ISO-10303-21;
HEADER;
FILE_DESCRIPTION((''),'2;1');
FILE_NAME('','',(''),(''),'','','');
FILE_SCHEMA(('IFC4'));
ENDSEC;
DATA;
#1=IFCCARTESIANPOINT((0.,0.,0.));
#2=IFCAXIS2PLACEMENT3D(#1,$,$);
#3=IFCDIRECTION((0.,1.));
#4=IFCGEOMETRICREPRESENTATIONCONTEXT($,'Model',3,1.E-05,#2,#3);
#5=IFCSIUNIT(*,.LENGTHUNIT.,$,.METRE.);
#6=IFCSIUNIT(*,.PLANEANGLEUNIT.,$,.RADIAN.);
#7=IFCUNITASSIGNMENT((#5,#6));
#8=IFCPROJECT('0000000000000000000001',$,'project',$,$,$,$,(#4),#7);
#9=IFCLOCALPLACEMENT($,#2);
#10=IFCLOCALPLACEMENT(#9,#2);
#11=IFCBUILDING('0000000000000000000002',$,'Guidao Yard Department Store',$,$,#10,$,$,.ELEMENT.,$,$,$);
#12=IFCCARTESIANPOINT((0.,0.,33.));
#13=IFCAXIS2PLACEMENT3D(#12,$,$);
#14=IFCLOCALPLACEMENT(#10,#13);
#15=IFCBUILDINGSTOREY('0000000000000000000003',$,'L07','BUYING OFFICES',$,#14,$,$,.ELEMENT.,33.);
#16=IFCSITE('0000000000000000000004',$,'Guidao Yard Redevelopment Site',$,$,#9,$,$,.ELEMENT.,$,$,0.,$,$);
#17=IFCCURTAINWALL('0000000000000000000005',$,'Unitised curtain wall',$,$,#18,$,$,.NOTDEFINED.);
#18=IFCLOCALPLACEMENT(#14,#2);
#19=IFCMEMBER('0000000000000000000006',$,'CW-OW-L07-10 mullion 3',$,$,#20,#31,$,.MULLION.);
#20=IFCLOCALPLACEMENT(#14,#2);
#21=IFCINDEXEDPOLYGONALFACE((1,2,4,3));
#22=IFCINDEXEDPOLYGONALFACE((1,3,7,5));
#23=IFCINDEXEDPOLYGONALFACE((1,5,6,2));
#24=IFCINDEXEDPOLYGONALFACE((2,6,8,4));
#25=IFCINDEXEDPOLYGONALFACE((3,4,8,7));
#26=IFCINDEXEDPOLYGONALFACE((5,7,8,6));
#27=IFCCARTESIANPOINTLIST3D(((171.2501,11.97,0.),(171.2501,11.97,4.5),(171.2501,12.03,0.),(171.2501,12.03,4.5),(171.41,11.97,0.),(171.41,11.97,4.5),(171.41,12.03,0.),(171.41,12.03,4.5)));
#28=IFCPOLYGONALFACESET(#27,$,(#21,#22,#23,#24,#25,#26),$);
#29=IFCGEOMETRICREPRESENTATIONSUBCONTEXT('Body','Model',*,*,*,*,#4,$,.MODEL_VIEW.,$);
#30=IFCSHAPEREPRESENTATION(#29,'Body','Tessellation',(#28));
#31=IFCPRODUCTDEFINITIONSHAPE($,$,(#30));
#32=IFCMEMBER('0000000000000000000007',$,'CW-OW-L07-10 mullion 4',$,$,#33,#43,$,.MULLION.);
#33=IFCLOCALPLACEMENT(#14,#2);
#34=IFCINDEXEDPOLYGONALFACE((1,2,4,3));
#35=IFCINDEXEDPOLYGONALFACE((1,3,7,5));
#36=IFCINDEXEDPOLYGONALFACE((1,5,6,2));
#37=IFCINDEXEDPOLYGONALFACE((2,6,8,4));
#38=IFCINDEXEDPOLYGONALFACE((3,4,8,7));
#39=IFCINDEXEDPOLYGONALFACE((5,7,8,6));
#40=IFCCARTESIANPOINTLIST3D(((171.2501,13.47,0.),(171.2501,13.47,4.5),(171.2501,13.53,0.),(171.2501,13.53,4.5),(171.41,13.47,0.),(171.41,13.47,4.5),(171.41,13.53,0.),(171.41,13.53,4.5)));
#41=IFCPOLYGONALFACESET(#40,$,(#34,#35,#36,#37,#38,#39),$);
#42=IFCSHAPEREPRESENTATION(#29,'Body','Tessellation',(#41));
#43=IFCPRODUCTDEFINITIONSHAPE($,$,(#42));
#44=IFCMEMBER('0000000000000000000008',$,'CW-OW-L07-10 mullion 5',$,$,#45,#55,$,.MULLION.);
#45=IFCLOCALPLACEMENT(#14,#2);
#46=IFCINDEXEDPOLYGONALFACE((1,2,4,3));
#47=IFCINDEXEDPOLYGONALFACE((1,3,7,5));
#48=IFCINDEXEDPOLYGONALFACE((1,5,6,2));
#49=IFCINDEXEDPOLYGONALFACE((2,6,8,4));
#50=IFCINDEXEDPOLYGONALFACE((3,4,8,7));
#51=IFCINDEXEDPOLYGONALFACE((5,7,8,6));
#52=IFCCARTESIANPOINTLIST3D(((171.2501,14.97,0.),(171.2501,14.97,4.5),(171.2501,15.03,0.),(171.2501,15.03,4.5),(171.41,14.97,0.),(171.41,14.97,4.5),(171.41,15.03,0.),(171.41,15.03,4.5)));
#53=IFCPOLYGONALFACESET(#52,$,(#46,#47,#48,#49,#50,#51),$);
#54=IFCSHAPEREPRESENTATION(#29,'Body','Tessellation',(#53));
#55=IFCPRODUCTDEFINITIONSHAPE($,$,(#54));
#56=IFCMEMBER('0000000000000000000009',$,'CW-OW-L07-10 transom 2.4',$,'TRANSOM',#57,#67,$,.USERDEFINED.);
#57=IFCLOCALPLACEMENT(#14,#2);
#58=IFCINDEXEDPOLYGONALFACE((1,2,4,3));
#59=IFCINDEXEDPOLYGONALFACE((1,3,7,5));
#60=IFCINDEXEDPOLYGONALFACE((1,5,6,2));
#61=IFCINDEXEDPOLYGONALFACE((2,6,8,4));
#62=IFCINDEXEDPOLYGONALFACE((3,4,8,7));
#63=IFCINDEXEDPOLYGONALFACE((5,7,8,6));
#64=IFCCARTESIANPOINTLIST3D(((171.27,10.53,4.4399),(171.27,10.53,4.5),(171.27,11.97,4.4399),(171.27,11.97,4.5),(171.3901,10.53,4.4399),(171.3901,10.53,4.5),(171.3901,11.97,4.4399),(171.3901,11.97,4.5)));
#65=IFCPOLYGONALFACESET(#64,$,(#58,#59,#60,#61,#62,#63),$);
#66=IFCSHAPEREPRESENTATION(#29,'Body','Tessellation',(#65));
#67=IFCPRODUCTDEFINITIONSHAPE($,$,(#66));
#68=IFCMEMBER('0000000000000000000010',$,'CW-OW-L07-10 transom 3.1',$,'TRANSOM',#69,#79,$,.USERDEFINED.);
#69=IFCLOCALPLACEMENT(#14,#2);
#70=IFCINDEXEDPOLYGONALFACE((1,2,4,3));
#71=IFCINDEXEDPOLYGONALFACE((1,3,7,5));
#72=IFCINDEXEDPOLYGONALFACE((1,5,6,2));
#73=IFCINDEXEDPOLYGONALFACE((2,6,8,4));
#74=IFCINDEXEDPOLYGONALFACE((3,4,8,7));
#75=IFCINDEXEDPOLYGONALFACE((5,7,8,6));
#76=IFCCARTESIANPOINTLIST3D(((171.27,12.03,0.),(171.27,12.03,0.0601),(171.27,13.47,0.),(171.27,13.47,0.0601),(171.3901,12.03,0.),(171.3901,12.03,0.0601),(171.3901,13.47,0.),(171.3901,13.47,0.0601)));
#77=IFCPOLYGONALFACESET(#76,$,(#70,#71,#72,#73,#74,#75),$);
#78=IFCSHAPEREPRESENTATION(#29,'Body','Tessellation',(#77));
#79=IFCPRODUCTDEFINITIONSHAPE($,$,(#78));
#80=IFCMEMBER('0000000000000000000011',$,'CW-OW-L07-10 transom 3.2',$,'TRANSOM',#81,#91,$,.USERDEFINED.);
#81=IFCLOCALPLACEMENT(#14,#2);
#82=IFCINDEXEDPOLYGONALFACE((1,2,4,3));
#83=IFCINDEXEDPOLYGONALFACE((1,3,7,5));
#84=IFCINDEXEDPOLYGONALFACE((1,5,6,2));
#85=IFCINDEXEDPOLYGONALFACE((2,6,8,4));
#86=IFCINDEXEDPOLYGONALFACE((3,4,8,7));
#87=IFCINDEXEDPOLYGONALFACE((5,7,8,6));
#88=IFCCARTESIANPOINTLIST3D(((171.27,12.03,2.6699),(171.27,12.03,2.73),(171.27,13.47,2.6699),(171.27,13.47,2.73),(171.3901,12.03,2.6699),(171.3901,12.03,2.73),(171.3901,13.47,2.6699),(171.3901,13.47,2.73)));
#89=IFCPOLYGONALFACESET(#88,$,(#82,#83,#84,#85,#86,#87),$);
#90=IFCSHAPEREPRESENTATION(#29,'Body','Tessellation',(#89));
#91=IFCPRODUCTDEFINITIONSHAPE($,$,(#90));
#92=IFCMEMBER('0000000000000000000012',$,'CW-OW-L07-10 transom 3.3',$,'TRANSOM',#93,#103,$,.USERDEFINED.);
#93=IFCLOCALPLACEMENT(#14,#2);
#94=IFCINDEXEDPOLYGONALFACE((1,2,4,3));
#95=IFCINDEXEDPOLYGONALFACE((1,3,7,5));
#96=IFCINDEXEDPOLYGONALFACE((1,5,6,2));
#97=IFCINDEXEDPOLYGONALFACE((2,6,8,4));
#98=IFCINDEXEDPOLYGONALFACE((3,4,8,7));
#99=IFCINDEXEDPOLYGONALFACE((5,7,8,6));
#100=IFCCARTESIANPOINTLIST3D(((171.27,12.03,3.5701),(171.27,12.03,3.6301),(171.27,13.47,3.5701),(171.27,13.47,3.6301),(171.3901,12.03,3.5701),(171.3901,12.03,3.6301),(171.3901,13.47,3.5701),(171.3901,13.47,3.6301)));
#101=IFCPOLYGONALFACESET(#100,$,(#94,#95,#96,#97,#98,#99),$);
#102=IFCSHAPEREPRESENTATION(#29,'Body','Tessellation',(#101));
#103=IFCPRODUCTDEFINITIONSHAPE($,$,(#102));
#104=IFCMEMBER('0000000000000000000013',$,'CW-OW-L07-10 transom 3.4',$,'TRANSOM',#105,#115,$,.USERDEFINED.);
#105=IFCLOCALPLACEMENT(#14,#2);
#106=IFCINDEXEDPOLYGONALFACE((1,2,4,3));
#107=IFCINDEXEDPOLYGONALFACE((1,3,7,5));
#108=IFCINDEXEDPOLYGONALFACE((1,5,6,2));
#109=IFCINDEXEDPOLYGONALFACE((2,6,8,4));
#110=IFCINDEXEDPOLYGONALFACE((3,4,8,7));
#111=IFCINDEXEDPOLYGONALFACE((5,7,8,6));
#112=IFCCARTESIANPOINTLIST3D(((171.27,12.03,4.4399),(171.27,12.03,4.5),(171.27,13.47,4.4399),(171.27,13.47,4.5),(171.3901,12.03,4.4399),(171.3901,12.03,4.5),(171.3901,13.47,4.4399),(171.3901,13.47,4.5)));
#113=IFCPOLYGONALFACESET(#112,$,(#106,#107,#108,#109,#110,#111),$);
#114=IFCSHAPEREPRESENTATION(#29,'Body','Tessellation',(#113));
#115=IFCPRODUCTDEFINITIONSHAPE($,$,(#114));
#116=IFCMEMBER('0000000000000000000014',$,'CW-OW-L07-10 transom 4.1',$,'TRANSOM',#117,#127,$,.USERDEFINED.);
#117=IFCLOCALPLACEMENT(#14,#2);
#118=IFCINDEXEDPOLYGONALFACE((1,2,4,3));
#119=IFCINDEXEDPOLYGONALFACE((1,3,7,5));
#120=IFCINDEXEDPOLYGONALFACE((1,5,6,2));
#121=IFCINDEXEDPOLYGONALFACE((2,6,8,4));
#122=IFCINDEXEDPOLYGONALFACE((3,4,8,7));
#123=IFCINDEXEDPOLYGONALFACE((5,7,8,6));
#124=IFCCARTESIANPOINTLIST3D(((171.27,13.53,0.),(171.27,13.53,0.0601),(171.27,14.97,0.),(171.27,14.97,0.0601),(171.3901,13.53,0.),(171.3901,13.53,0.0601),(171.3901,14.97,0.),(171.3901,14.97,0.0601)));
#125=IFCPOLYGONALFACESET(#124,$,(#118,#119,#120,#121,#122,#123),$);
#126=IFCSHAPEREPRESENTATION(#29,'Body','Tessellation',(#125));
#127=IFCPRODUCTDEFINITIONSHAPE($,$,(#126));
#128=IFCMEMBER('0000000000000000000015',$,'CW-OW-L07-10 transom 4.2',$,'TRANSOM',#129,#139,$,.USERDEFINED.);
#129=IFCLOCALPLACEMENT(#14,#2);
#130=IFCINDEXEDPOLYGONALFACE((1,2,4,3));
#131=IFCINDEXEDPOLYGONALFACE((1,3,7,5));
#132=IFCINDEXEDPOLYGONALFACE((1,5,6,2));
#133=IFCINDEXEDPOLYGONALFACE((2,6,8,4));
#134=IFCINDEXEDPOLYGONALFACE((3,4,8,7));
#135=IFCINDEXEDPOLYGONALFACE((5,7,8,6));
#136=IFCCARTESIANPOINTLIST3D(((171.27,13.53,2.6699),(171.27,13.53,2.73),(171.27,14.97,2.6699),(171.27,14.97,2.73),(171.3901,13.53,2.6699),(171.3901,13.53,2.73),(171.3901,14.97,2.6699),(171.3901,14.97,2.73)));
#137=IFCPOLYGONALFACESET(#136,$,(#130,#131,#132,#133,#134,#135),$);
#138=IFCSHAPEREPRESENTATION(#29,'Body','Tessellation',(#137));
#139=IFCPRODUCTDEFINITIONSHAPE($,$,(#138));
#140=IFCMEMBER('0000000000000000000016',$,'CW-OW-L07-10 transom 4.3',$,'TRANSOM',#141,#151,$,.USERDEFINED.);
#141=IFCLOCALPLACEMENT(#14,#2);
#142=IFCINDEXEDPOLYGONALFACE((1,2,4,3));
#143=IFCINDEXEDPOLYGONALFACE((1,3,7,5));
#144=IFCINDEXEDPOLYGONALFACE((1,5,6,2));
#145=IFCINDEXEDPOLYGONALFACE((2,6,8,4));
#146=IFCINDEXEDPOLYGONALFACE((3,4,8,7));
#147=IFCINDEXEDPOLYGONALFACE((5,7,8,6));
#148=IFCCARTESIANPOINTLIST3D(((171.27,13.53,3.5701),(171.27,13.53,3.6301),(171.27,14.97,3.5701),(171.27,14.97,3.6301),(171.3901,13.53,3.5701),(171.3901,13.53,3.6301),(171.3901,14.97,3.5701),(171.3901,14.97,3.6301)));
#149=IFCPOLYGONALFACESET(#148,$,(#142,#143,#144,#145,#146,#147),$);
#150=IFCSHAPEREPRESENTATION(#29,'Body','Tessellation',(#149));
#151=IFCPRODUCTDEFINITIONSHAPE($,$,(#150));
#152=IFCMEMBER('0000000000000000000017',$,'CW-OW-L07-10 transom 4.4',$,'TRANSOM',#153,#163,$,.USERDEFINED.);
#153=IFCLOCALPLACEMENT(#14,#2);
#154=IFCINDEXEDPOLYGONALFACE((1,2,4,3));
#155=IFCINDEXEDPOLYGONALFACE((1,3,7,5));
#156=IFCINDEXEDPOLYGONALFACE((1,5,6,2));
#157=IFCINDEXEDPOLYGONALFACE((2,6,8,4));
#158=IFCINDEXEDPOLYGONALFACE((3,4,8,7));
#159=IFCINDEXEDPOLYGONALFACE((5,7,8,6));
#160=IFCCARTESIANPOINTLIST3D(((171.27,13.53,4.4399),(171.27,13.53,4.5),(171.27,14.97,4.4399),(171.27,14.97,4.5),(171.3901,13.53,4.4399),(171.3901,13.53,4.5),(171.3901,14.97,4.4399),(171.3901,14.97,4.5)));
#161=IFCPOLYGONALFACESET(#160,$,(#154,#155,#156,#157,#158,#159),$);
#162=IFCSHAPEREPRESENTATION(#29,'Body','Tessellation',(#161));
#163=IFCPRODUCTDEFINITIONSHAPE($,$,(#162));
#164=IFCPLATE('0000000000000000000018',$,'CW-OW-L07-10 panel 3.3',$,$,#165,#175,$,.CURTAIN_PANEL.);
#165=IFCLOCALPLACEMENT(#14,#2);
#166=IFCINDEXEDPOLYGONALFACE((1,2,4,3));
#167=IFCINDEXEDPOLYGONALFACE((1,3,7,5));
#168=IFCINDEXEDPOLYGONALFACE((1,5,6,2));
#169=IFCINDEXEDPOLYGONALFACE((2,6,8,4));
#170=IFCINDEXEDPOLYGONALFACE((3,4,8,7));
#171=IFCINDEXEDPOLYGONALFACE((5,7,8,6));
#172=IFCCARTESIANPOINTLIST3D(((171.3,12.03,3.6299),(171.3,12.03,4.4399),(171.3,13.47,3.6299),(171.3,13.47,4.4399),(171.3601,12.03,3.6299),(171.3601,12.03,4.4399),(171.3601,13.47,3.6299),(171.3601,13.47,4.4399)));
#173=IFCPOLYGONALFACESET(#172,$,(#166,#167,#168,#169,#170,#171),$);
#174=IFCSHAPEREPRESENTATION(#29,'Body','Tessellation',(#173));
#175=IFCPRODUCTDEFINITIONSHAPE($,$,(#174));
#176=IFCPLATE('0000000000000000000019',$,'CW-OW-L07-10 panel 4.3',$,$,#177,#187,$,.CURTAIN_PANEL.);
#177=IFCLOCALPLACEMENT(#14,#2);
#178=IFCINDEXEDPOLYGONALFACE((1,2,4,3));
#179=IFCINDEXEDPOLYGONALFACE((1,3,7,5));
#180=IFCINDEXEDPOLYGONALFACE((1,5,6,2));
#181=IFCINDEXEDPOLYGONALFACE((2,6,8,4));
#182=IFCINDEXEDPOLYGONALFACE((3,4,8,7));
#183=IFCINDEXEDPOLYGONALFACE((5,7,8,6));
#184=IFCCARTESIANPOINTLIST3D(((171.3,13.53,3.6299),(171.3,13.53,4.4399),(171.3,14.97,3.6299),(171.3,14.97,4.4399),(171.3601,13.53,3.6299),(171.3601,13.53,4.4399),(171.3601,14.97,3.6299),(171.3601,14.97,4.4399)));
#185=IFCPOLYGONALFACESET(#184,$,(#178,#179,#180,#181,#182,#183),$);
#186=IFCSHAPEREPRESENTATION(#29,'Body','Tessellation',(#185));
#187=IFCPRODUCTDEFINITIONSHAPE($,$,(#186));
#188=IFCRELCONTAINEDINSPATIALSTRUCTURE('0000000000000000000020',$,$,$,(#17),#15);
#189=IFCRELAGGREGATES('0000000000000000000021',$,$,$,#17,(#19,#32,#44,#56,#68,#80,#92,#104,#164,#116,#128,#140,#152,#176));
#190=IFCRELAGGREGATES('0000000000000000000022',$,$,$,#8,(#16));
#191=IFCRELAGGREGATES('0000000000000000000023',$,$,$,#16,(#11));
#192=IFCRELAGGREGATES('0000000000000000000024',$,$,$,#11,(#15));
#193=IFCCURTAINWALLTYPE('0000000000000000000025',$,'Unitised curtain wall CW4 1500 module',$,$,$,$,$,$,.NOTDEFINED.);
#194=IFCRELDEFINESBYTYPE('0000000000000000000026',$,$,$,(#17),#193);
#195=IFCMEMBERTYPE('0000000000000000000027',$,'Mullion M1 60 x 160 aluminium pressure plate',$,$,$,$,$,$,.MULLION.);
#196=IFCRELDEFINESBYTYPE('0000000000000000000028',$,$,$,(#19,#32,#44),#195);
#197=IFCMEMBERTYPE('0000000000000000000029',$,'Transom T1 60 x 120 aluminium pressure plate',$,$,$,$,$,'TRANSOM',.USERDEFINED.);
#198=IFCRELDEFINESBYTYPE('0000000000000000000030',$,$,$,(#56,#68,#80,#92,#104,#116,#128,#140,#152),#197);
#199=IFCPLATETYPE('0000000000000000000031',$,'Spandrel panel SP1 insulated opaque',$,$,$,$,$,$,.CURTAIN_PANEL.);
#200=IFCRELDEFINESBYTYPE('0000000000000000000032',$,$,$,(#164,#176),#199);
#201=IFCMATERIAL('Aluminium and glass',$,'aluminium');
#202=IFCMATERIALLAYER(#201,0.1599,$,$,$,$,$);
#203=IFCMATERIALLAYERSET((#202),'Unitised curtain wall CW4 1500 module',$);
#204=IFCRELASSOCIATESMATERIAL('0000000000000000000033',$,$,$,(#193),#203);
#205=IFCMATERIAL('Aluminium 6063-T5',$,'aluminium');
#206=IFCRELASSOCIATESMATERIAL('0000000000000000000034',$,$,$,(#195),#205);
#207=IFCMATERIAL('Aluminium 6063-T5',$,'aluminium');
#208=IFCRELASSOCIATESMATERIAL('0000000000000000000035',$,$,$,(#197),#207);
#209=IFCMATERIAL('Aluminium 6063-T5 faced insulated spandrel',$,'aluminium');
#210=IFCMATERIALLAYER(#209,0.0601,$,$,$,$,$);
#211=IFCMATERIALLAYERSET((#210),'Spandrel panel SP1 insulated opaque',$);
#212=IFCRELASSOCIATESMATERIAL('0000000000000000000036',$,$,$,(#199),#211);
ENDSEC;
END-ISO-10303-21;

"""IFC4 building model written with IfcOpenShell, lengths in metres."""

from ifc_helpers import new_model, si_unit, direction, frame, origin, origin_2d, place, context, subcontext, project, spatial, rectangle, extrude, material, layer, layer_set, material_profile, profile_set, type_object, element, aggregate, save


model = new_model("IFC4")

# Units and contexts
model_context = context("Model", 3, precision=1e-05, world=origin(), true_north=direction((0.0, 1.0)))
body_context = subcontext(model_context, "Body", "Model", "MODEL_VIEW")
ifc_project = project(units=[si_unit("LENGTHUNIT", "METRE"), si_unit("PLANEANGLEUNIT", "RADIAN")], contexts=[model_context])

# Site, building, storey
site_placement = place(None, origin())
site = spatial("IfcSite", under=ifc_project, at=site_placement, Name="Guidao Yard Redevelopment Site", CompositionType="ELEMENT", RefElevation=0.0)
building_placement = place(site_placement, origin())
building = spatial("IfcBuilding", under=site, at=building_placement, Name="Guidao Yard Department Store", CompositionType="ELEMENT")
storey_placement = place(building_placement, frame((0.0, 0.0, 33.0)))
storey = spatial("IfcBuildingStorey", under=building, at=storey_placement, Name="L07", Description="BUYING OFFICES", CompositionType="ELEMENT", Elevation=33.0)

# Curtain wall, members, plates
ifc_material_1 = material(Name="Aluminium and glass", Category="aluminium")
ifc_layer_1 = layer(ifc_material_1, 0.1599)
ifc_layer_set_1 = layer_set([ifc_layer_1], Name="Unitised curtain wall CW4 1500 module")
curtain_wall_type = type_object("IfcCurtainWallType", Name="Unitised curtain wall CW4 1500 module", PredefinedType="NOTDEFINED", material=ifc_layer_set_1)
curtain_wall_placement = place(storey_placement, origin())
curtain_wall = element("IfcCurtainWall", 1, at=curtain_wall_placement, inside=storey, type_object=curtain_wall_type, Name="Unitised curtain wall", PredefinedType="NOTDEFINED")
ifc_material_2 = material(Name="Aluminium 6063-T5", Category="aluminium")
ifc_material_profile_1 = material_profile(ifc_material_2, rectangle(XDim=0.0601, YDim=0.1599, at=origin_2d()), Name="Mullion M1 60 x 160 aluminium pressure plate")
ifc_profile_set_1 = profile_set([ifc_material_profile_1], Name="Aluminium 6063-T5")
member_type_1 = type_object("IfcMemberType", Name="Mullion M1 60 x 160 aluminium pressure plate", PredefinedType="MULLION", material=ifc_profile_set_1)
member_1_placement = place(storey_placement, frame((171.3301, 12.0, 0.0), z_axis=(0.0, 0.0, 1.0), x_axis=(0.0, -1.0, 0.0)))
member_1 = element("IfcMember", 2, at=member_1_placement, type_object=member_type_1, Name="CW-OW-L07-10 mullion 3", PredefinedType="MULLION", context=body_context, shape_type="SweptSolid", body=[
    extrude(rectangle(XDim=0.0601, YDim=0.1599, at=origin_2d()), origin(), (0.0, 0.0, 1.0), 4.5),
])
member_2_placement = place(storey_placement, frame((171.3301, 13.5, 0.0), z_axis=(0.0, 0.0, 1.0), x_axis=(0.0, -1.0, 0.0)))
member_2 = element("IfcMember", 3, at=member_2_placement, type_object=member_type_1, Name="CW-OW-L07-10 mullion 4", PredefinedType="MULLION", context=body_context, shape_type="SweptSolid", body=[
    extrude(rectangle(XDim=0.0601, YDim=0.1599, at=origin_2d()), origin(), (0.0, 0.0, 1.0), 4.5),
])
member_3_placement = place(storey_placement, frame((171.3301, 15.0, 0.0), z_axis=(0.0, 0.0, 1.0), x_axis=(0.0, -1.0, 0.0)))
member_3 = element("IfcMember", 4, at=member_3_placement, type_object=member_type_1, Name="CW-OW-L07-10 mullion 5", PredefinedType="MULLION", context=body_context, shape_type="SweptSolid", body=[
    extrude(rectangle(XDim=0.0601, YDim=0.1599, at=origin_2d()), origin(), (0.0, 0.0, 1.0), 4.5),
])
ifc_material_3 = material(Name="Aluminium 6063-T5", Category="aluminium")
ifc_material_profile_2 = material_profile(ifc_material_3, rectangle(XDim=0.1201, YDim=0.0601, at=origin_2d()), Name="Transom T1 60 x 120 aluminium pressure plate")
ifc_profile_set_2 = profile_set([ifc_material_profile_2], Name="Aluminium 6063-T5")
member_type_2 = type_object("IfcMemberType", Name="Transom T1 60 x 120 aluminium pressure plate", ElementType="TRANSOM", PredefinedType="USERDEFINED", material=ifc_profile_set_2)
member_4_placement = place(storey_placement, frame((171.3301, 11.97, 4.47), z_axis=(0.0, -1.0, 0.0), x_axis=(1.0, 0.0, 0.0)))
member_4 = element("IfcMember", 5, at=member_4_placement, type_object=member_type_2, Name="CW-OW-L07-10 transom 2.4", ObjectType="TRANSOM", PredefinedType="USERDEFINED", context=body_context, shape_type="SweptSolid", body=[
    extrude(rectangle(XDim=0.1201, YDim=0.0601, at=origin_2d()), origin(), (0.0, 0.0, 1.0), 1.4399),
])
member_5_placement = place(storey_placement, frame((171.3301, 13.47, 0.03), z_axis=(0.0, -1.0, 0.0), x_axis=(1.0, 0.0, 0.0)))
member_5 = element("IfcMember", 6, at=member_5_placement, type_object=member_type_2, Name="CW-OW-L07-10 transom 3.1", ObjectType="TRANSOM", PredefinedType="USERDEFINED", context=body_context, shape_type="SweptSolid", body=[
    extrude(rectangle(XDim=0.1201, YDim=0.0601, at=origin_2d()), origin(), (0.0, 0.0, 1.0), 1.4399),
])
member_6_placement = place(storey_placement, frame((171.3301, 13.47, 2.7), z_axis=(0.0, -1.0, 0.0), x_axis=(1.0, 0.0, 0.0)))
member_6 = element("IfcMember", 7, at=member_6_placement, type_object=member_type_2, Name="CW-OW-L07-10 transom 3.2", ObjectType="TRANSOM", PredefinedType="USERDEFINED", context=body_context, shape_type="SweptSolid", body=[
    extrude(rectangle(XDim=0.1201, YDim=0.0601, at=origin_2d()), origin(), (0.0, 0.0, 1.0), 1.4399),
])
member_7_placement = place(storey_placement, frame((171.3301, 13.47, 3.6001), z_axis=(0.0, -1.0, 0.0), x_axis=(1.0, 0.0, 0.0)))
member_7 = element("IfcMember", 8, at=member_7_placement, type_object=member_type_2, Name="CW-OW-L07-10 transom 3.3", ObjectType="TRANSOM", PredefinedType="USERDEFINED", context=body_context, shape_type="SweptSolid", body=[
    extrude(rectangle(XDim=0.1201, YDim=0.0601, at=origin_2d()), origin(), (0.0, 0.0, 1.0), 1.4399),
])
member_8_placement = place(storey_placement, frame((171.3301, 13.47, 4.47), z_axis=(0.0, -1.0, 0.0), x_axis=(1.0, 0.0, 0.0)))
member_8 = element("IfcMember", 9, at=member_8_placement, type_object=member_type_2, Name="CW-OW-L07-10 transom 3.4", ObjectType="TRANSOM", PredefinedType="USERDEFINED", context=body_context, shape_type="SweptSolid", body=[
    extrude(rectangle(XDim=0.1201, YDim=0.0601, at=origin_2d()), origin(), (0.0, 0.0, 1.0), 1.4399),
])
member_9_placement = place(storey_placement, frame((171.3301, 14.97, 0.03), z_axis=(0.0, -1.0, 0.0), x_axis=(1.0, 0.0, 0.0)))
member_9 = element("IfcMember", 10, at=member_9_placement, type_object=member_type_2, Name="CW-OW-L07-10 transom 4.1", ObjectType="TRANSOM", PredefinedType="USERDEFINED", context=body_context, shape_type="SweptSolid", body=[
    extrude(rectangle(XDim=0.1201, YDim=0.0601, at=origin_2d()), origin(), (0.0, 0.0, 1.0), 1.4399),
])
member_10_placement = place(storey_placement, frame((171.3301, 14.97, 2.7), z_axis=(0.0, -1.0, 0.0), x_axis=(1.0, 0.0, 0.0)))
member_10 = element("IfcMember", 11, at=member_10_placement, type_object=member_type_2, Name="CW-OW-L07-10 transom 4.2", ObjectType="TRANSOM", PredefinedType="USERDEFINED", context=body_context, shape_type="SweptSolid", body=[
    extrude(rectangle(XDim=0.1201, YDim=0.0601, at=origin_2d()), origin(), (0.0, 0.0, 1.0), 1.4399),
])
member_11_placement = place(storey_placement, frame((171.3301, 14.97, 3.6001), z_axis=(0.0, -1.0, 0.0), x_axis=(1.0, 0.0, 0.0)))
member_11 = element("IfcMember", 12, at=member_11_placement, type_object=member_type_2, Name="CW-OW-L07-10 transom 4.3", ObjectType="TRANSOM", PredefinedType="USERDEFINED", context=body_context, shape_type="SweptSolid", body=[
    extrude(rectangle(XDim=0.1201, YDim=0.0601, at=origin_2d()), origin(), (0.0, 0.0, 1.0), 1.4399),
])
member_12_placement = place(storey_placement, frame((171.3301, 14.97, 4.47), z_axis=(0.0, -1.0, 0.0), x_axis=(1.0, 0.0, 0.0)))
member_12 = element("IfcMember", 13, at=member_12_placement, type_object=member_type_2, Name="CW-OW-L07-10 transom 4.4", ObjectType="TRANSOM", PredefinedType="USERDEFINED", context=body_context, shape_type="SweptSolid", body=[
    extrude(rectangle(XDim=0.1201, YDim=0.0601, at=origin_2d()), origin(), (0.0, 0.0, 1.0), 1.4399),
])
ifc_material_4 = material(Name="Aluminium 6063-T5 faced insulated spandrel", Category="aluminium")
ifc_layer_2 = layer(ifc_material_4, 0.0601)
ifc_layer_set_2 = layer_set([ifc_layer_2], Name="Spandrel panel SP1 insulated opaque")
plate_type_1 = type_object("IfcPlateType", Name="Spandrel panel SP1 insulated opaque", PredefinedType="CURTAIN_PANEL", material=ifc_layer_set_2)
plate_1_placement = place(storey_placement, frame((171.3301, 12.75, 3.6299), z_axis=(0.0, 0.0, 1.0), x_axis=(0.0, -1.0, 0.0)))
plate_1 = element("IfcPlate", 14, at=plate_1_placement, type_object=plate_type_1, Name="CW-OW-L07-10 panel 3.3", PredefinedType="CURTAIN_PANEL", context=body_context, shape_type="SweptSolid", body=[
    extrude(rectangle(XDim=1.4399, YDim=0.0601, at=origin_2d()), origin(), (0.0, 0.0, 1.0), 0.8101),
])
plate_2_placement = place(storey_placement, frame((171.3301, 14.25, 3.6299), z_axis=(0.0, 0.0, 1.0), x_axis=(0.0, -1.0, 0.0)))
plate_2 = element("IfcPlate", 15, at=plate_2_placement, type_object=plate_type_1, Name="CW-OW-L07-10 panel 4.3", PredefinedType="CURTAIN_PANEL", context=body_context, shape_type="SweptSolid", body=[
    extrude(rectangle(XDim=1.4399, YDim=0.0601, at=origin_2d()), origin(), (0.0, 0.0, 1.0), 0.8101),
])
aggregate(curtain_wall, [member_1, member_2, member_3, member_4, member_5, member_6, member_7, member_8, plate_1, member_9, member_10, member_11, member_12, plate_2])

save(model, "model.ifc")
